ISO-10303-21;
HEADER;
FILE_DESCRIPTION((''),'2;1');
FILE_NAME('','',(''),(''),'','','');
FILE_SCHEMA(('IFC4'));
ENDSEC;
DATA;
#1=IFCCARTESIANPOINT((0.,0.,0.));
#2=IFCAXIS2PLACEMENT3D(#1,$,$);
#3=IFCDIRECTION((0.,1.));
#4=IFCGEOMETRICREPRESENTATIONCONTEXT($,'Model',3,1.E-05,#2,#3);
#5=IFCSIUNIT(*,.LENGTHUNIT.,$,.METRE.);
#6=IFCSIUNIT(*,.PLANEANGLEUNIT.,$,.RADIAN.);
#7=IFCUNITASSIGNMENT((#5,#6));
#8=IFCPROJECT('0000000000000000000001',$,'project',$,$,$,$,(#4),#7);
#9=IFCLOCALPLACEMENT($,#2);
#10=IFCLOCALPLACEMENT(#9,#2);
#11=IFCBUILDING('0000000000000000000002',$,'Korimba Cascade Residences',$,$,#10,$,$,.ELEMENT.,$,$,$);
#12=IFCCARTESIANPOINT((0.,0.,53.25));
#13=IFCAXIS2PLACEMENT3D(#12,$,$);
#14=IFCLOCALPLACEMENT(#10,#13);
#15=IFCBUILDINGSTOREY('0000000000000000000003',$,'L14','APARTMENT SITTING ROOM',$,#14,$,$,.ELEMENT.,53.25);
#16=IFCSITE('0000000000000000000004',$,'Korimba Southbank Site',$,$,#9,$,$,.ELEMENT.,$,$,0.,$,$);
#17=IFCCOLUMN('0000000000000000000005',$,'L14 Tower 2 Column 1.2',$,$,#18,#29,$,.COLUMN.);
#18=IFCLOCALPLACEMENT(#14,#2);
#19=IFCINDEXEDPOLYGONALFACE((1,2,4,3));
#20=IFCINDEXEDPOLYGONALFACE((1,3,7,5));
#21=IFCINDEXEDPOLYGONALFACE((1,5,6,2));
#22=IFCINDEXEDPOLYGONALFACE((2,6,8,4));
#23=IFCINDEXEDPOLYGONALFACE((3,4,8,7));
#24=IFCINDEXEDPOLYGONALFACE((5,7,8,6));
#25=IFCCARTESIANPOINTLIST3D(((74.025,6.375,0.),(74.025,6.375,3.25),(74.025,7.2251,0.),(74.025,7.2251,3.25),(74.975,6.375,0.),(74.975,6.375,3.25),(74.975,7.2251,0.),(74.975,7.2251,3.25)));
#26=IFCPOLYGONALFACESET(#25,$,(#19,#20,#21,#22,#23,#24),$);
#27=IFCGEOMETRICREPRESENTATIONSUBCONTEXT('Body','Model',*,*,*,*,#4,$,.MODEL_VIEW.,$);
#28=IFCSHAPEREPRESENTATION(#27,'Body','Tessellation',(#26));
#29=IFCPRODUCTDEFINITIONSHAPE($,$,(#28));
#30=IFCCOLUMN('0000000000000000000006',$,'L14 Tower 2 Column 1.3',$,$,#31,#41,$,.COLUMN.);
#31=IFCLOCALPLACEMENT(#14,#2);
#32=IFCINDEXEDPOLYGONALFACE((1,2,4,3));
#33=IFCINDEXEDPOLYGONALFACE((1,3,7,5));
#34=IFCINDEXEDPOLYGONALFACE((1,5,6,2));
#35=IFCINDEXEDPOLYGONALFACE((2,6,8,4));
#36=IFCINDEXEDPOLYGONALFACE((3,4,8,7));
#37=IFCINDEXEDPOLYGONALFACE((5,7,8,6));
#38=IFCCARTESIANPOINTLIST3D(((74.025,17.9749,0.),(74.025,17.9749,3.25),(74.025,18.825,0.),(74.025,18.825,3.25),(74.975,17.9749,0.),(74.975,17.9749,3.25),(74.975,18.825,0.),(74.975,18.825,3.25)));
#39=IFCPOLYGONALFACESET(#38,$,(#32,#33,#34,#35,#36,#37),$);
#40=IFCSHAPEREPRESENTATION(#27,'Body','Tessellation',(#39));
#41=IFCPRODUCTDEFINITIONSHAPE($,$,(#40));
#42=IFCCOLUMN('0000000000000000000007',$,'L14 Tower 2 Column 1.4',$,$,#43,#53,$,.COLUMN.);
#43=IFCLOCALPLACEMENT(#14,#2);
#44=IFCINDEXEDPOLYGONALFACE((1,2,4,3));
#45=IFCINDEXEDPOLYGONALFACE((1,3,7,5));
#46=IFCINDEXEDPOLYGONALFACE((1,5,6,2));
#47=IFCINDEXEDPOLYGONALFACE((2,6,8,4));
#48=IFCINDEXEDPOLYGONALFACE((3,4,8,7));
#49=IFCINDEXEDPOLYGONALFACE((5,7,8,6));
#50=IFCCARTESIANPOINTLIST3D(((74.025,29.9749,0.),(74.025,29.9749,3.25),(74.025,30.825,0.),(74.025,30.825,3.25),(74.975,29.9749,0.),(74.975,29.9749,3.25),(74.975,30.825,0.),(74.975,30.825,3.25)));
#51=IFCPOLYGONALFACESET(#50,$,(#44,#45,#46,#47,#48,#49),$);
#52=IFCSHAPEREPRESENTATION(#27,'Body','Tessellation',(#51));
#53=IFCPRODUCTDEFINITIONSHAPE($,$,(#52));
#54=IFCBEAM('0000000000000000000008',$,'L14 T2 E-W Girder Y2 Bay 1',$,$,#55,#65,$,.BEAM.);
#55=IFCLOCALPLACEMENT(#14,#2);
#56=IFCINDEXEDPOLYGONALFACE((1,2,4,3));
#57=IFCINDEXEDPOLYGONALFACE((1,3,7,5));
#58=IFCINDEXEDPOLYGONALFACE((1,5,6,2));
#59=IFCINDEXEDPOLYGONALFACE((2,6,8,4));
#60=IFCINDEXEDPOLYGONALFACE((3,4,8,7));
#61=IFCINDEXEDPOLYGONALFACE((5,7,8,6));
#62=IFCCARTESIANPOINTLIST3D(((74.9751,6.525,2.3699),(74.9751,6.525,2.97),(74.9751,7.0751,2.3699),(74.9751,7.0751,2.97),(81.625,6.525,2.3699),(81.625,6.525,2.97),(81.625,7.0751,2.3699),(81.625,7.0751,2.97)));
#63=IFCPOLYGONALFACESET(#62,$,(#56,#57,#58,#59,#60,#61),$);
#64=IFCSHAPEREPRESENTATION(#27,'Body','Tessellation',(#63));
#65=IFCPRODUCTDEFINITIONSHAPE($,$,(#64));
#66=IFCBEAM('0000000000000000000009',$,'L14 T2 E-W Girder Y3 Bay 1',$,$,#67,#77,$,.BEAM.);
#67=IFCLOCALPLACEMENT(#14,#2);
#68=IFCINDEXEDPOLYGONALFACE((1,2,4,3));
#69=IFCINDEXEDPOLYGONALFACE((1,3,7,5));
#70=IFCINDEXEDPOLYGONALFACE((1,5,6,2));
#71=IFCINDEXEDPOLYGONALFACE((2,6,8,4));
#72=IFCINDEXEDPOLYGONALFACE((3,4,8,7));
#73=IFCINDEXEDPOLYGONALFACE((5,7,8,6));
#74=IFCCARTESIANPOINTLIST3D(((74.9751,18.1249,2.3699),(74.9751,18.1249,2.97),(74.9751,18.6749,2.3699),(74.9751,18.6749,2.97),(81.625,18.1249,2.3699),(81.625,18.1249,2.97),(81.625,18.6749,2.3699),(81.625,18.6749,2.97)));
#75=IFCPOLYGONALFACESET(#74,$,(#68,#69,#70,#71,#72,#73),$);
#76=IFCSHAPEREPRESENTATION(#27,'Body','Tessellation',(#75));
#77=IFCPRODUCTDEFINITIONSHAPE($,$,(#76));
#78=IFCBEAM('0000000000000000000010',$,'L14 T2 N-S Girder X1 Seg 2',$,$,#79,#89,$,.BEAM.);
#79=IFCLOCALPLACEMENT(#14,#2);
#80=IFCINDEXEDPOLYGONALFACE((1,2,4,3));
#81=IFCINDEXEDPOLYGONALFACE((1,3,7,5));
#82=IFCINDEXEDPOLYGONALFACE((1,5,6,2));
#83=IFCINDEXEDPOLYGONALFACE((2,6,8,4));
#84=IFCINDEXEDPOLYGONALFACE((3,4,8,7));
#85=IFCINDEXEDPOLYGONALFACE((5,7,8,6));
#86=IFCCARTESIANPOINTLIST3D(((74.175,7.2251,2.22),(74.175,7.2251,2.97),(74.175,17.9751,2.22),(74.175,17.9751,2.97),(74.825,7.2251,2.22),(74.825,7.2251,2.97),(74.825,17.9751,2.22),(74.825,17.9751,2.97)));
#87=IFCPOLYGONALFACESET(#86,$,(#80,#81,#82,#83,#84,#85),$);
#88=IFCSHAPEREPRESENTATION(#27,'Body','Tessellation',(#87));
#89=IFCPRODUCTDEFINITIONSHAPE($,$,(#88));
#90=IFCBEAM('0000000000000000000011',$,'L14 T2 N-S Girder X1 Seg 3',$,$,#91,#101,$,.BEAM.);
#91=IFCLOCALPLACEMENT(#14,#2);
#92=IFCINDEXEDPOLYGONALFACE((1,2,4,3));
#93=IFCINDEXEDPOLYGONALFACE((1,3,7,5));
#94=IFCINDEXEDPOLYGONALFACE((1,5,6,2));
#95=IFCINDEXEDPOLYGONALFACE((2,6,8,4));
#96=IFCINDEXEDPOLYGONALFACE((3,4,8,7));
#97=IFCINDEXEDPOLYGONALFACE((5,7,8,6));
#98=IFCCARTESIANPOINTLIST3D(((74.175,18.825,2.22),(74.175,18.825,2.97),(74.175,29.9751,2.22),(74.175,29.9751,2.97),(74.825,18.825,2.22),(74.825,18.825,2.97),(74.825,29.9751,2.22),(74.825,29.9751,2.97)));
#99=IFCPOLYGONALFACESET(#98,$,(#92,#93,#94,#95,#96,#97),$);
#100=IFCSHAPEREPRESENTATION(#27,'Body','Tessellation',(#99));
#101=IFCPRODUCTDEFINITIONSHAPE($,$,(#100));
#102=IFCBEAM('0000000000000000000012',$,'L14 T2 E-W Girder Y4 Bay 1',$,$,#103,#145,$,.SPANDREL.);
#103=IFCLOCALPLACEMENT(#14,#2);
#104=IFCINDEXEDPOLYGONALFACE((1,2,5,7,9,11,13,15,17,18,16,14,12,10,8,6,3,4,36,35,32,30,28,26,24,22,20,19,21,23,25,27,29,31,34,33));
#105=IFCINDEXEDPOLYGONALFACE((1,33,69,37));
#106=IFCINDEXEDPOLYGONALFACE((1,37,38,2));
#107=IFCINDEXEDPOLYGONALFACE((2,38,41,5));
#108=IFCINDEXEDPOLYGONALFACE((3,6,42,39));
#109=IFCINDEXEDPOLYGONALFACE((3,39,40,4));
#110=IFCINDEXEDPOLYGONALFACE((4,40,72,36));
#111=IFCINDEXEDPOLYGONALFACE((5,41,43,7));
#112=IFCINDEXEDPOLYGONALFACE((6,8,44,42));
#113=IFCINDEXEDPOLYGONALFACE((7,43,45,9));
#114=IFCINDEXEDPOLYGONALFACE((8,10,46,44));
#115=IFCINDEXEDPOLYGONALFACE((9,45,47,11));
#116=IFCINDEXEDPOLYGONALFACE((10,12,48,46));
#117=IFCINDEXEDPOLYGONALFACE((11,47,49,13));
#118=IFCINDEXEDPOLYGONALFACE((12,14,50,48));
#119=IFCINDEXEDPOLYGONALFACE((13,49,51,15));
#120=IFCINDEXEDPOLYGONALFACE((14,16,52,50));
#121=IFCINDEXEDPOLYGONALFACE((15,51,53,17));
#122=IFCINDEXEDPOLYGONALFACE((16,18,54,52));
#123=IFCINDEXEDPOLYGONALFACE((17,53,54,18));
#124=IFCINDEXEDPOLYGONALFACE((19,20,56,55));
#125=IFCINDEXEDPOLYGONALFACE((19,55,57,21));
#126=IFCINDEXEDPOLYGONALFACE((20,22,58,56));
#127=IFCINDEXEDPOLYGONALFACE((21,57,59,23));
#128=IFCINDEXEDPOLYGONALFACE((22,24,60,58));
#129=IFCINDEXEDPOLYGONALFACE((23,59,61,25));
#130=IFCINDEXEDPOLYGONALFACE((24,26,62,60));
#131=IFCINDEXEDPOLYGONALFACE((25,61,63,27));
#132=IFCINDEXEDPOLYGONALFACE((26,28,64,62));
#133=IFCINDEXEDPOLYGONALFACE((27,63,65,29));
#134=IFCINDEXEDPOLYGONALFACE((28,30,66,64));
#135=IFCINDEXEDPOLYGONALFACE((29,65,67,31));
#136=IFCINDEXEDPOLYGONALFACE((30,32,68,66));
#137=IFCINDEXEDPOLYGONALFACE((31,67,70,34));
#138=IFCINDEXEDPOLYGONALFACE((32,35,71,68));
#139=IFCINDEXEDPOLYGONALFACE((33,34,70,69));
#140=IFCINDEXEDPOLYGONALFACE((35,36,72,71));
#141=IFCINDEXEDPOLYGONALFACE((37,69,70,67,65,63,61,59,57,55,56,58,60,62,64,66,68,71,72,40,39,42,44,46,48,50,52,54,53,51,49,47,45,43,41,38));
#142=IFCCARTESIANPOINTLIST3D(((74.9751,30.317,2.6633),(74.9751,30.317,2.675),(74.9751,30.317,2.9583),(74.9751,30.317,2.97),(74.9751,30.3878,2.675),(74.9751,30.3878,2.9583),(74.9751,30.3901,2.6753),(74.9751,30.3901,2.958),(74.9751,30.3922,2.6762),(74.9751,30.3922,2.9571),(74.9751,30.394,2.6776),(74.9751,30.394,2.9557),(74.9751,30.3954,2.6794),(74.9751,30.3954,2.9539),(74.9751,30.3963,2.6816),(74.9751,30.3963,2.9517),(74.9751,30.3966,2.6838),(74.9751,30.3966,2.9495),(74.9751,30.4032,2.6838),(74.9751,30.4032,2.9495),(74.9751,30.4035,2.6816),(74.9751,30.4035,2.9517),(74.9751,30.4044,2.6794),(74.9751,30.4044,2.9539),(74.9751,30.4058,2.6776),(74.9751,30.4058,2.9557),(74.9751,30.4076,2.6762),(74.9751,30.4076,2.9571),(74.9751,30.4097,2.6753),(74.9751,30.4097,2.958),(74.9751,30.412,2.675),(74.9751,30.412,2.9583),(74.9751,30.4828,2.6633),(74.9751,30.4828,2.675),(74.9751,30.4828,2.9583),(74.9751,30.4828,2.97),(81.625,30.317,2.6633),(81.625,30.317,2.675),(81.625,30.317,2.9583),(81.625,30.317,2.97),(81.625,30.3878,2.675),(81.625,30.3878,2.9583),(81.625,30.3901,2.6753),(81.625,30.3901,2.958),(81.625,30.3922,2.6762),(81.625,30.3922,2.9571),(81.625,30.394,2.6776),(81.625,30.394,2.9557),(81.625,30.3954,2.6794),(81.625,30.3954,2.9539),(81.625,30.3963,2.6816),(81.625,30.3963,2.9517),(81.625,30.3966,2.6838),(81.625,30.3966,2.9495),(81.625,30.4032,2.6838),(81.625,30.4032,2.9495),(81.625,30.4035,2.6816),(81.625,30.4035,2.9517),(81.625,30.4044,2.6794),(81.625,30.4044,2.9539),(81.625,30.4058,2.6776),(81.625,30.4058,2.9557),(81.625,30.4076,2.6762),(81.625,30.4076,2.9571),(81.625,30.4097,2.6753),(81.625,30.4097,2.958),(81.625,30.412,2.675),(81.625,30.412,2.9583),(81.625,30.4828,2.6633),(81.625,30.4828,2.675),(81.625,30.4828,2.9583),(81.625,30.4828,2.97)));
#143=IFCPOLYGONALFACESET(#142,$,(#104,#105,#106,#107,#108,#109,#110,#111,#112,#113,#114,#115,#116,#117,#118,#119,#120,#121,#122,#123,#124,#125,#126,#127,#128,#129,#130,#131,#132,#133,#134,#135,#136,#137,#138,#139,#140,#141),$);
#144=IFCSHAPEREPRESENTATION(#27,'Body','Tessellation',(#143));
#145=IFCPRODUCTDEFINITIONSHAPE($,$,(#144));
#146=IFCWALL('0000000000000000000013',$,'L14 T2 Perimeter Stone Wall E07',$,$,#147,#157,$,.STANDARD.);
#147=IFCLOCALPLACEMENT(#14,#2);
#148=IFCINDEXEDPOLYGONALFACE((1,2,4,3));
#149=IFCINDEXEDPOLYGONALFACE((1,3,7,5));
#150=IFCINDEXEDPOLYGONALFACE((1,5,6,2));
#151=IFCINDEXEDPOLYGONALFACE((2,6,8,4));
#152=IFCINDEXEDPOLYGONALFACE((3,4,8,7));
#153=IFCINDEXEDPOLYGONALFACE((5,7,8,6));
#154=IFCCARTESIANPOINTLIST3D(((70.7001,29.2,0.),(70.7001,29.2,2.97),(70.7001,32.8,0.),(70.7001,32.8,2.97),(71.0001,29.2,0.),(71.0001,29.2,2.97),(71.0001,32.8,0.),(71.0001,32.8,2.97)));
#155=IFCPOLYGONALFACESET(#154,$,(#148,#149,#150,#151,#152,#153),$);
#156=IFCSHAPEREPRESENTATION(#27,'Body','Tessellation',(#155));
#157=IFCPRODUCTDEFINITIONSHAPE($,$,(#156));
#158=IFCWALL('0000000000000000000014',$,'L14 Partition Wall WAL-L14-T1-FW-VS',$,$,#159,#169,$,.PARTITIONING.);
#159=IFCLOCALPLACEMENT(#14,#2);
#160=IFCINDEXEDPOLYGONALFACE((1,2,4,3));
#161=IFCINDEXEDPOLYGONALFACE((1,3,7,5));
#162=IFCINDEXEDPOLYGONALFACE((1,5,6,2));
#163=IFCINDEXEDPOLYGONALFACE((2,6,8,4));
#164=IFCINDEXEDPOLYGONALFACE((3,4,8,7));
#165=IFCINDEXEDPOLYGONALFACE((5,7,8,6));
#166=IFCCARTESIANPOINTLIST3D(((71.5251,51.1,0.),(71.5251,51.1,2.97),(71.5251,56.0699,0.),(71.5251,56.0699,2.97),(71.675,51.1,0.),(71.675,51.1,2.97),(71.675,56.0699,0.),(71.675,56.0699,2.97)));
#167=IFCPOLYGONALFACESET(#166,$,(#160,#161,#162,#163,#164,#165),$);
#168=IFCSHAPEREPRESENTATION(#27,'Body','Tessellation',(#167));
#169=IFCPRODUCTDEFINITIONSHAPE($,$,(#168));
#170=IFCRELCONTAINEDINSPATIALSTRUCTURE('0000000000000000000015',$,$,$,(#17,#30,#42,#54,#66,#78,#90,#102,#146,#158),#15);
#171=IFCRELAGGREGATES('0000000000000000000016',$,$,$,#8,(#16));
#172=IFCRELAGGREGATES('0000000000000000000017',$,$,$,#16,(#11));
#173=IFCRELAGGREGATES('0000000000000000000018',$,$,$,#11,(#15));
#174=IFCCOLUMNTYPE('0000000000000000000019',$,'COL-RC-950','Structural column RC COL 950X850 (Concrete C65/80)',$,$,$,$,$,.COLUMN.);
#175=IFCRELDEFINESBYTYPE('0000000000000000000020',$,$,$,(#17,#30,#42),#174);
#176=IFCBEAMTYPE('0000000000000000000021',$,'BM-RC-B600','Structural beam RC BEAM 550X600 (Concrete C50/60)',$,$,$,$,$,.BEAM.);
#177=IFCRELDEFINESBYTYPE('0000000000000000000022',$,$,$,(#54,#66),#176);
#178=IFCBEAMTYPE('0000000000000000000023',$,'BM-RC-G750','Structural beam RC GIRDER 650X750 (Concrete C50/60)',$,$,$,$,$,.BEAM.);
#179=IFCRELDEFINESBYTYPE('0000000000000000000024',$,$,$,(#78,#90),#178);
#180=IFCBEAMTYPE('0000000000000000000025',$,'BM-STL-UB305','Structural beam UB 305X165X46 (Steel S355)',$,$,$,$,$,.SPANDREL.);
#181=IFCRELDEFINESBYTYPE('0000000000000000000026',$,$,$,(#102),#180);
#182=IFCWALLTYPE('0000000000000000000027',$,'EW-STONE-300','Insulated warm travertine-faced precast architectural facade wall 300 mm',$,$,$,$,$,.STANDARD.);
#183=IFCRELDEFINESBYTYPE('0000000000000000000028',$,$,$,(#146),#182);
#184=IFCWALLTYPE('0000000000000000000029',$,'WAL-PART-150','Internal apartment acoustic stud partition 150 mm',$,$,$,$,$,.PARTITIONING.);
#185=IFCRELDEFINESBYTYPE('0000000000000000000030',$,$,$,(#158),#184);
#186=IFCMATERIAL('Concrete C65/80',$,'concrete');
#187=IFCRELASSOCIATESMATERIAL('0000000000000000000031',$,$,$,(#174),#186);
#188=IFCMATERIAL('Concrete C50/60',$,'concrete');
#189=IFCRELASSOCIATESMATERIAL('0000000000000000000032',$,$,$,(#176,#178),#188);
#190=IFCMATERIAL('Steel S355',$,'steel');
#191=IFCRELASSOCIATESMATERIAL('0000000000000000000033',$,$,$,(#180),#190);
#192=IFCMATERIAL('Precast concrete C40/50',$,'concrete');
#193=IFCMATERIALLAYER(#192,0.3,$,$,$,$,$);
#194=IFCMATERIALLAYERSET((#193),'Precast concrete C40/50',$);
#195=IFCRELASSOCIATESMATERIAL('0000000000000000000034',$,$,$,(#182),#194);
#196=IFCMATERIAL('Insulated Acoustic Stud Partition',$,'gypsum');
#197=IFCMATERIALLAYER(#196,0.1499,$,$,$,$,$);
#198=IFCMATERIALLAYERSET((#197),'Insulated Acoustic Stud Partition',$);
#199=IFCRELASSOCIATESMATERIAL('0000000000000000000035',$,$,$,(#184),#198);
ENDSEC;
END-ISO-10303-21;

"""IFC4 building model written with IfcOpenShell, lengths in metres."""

from ifc_helpers import new_model, si_unit, direction, frame, frame_2d, origin, origin_2d, place, context, subcontext, project, spatial, rectangle, i_section, extrude, material, layer, layer_set, material_profile, profile_set, type_object, element, save


model = new_model("IFC4")

# Units and contexts
model_context = context("Model", 3, precision=1e-05, world=origin(), true_north=direction((0.0, 1.0)))
body_context = subcontext(model_context, "Body", "Model", "MODEL_VIEW")
ifc_project = project(units=[si_unit("LENGTHUNIT", "METRE"), si_unit("PLANEANGLEUNIT", "RADIAN")], contexts=[model_context])

# Site, building, storey
site_placement = place(None, origin())
site = spatial("IfcSite", under=ifc_project, at=site_placement, Name="Korimba Southbank Site", CompositionType="ELEMENT", RefElevation=0.0)
building_placement = place(site_placement, origin())
building = spatial("IfcBuilding", under=site, at=building_placement, Name="Korimba Cascade Residences", CompositionType="ELEMENT")
storey_placement = place(building_placement, frame((0.0, 0.0, 53.25)))
storey = spatial("IfcBuildingStorey", under=building, at=storey_placement, Name="L14", Description="APARTMENT SITTING ROOM", CompositionType="ELEMENT", Elevation=53.25)

# Columns
ifc_material_1 = material(Name="Concrete C65/80", Category="concrete")
ifc_material_profile_1 = material_profile(ifc_material_1, rectangle(XDim=0.95, YDim=0.8501, at=origin_2d()), Name="Concrete C65/80")
ifc_profile_set_1 = profile_set([ifc_material_profile_1], Name="Concrete C65/80")
column_type = type_object("IfcColumnType", Name="COL-RC-950", Description="Structural column RC COL 950X850 (Concrete C65/80)", PredefinedType="COLUMN", material=ifc_profile_set_1)
for number, where, z_axis, x_axis, name in (
    (1, (74.5, 6.8, 0.0), (0.0, 0.0, 1.0), (1.0, 0.0, 0.0), "L14 Tower 2 Column 1.2"),
    (2, (74.5, 18.3999, 0.0), (0.0, 0.0, 1.0), (1.0, 0.0, 0.0), "L14 Tower 2 Column 1.3"),
    (3, (74.5, 30.3999, 0.0), (0.0, 0.0, 1.0), (1.0, 0.0, 0.0), "L14 Tower 2 Column 1.4"),
):
    element("IfcColumn", number, at=place(storey_placement, frame(where, z_axis=z_axis, x_axis=x_axis)), inside=storey, type_object=column_type, Name=name, PredefinedType="COLUMN", context=body_context, shape_type="SweptSolid", body=[
        extrude(rectangle(XDim=0.95, YDim=0.8501, at=origin_2d()), origin(), (0.0, 0.0, 1.0), 3.25),
    ])

# Beams
ifc_material_2 = material(Name="Concrete C50/60", Category="concrete")
ifc_material_profile_2 = material_profile(ifc_material_2, rectangle(XDim=0.55, YDim=0.6001, at=origin_2d()), Name="Concrete C50/60")
ifc_profile_set_2 = profile_set([ifc_material_profile_2], Name="Concrete C50/60")
beam_type_1 = type_object("IfcBeamType", Name="BM-RC-B600", Description="Structural beam RC BEAM 550X600 (Concrete C50/60)", PredefinedType="BEAM", material=ifc_profile_set_2)
for number, where, z_axis, x_axis, name in (
    (4, (74.9751, 6.8, 2.6699), (1.0, 0.0, 0.0), (0.0, 1.0, 0.0), "L14 T2 E-W Girder Y2 Bay 1"),
    (5, (74.9751, 18.3999, 2.6699), (1.0, 0.0, 0.0), (0.0, 1.0, 0.0), "L14 T2 E-W Girder Y3 Bay 1"),
):
    element("IfcBeam", number, at=place(storey_placement, frame(where, z_axis=z_axis, x_axis=x_axis)), inside=storey, type_object=beam_type_1, Name=name, PredefinedType="BEAM", context=body_context, shape_type="SweptSolid", body=[
        extrude(rectangle(XDim=0.55, YDim=0.6001, at=origin_2d()), origin(), (0.0, 0.0, 1.0), 6.6499),
    ])
ifc_material_profile_3 = material_profile(ifc_material_2, rectangle(XDim=0.6499, YDim=0.75, at=origin_2d()), Name="Concrete C50/60")
ifc_profile_set_3 = profile_set([ifc_material_profile_3], Name="Concrete C50/60")
beam_type_2 = type_object("IfcBeamType", Name="BM-RC-G750", Description="Structural beam RC GIRDER 650X750 (Concrete C50/60)", PredefinedType="BEAM", material=ifc_profile_set_3)
beam_1_placement = place(storey_placement, frame((74.5, 7.2251, 2.595), z_axis=(0.0, 1.0, 0.0), x_axis=(-1.0, 0.0, 0.0)))
element("IfcBeam", 6, at=beam_1_placement, inside=storey, type_object=beam_type_2, Name="L14 T2 N-S Girder X1 Seg 2", PredefinedType="BEAM", context=body_context, shape_type="SweptSolid", body=[
    extrude(rectangle(XDim=0.6499, YDim=0.75, at=origin_2d()), origin(), (0.0, 0.0, 1.0), 10.75),
])
beam_2_placement = place(storey_placement, frame((74.5, 18.825, 2.595), z_axis=(0.0, 1.0, 0.0), x_axis=(-1.0, 0.0, 0.0)))
element("IfcBeam", 7, at=beam_2_placement, inside=storey, type_object=beam_type_2, Name="L14 T2 N-S Girder X1 Seg 3", PredefinedType="BEAM", context=body_context, shape_type="SweptSolid", body=[
    extrude(rectangle(XDim=0.6499, YDim=0.75, at=origin_2d()), origin(), (0.0, 0.0, 1.0), 11.1501),
])
ifc_material_3 = material(Name="Steel S355", Category="steel")
ifc_material_profile_4 = material_profile(ifc_material_3, i_section(OverallWidth=0.1658, OverallDepth=0.3066, WebThickness=0.0066, FlangeThickness=0.0117, FilletRadius=0.0088, at=origin_2d()), Name="Steel S355")
ifc_profile_set_4 = profile_set([ifc_material_profile_4], Name="Steel S355")
beam_type_3 = type_object("IfcBeamType", Name="BM-STL-UB305", Description="Structural beam UB 305X165X46 (Steel S355)", PredefinedType="SPANDREL", material=ifc_profile_set_4)
beam_3_placement = place(storey_placement, frame((74.9751, 30.3999, 2.8167), z_axis=(1.0, 0.0, 0.0), x_axis=(0.0, 1.0, 0.0)))
element("IfcBeam", 8, at=beam_3_placement, inside=storey, type_object=beam_type_3, Name="L14 T2 E-W Girder Y4 Bay 1", PredefinedType="SPANDREL", context=body_context, shape_type="SweptSolid", body=[
    extrude(i_section(OverallWidth=0.1658, OverallDepth=0.3066, WebThickness=0.0066, FlangeThickness=0.0117, FilletRadius=0.0088, at=origin_2d()), origin(), (0.0, 0.0, 1.0), 6.6499),
])

# Walls
ifc_material_4 = material(Name="Precast concrete C40/50", Category="concrete")
ifc_layer_1 = layer(ifc_material_4, 0.3)
ifc_layer_set_1 = layer_set([ifc_layer_1], Name="Precast concrete C40/50")
wall_type_1 = type_object("IfcWallType", Name="EW-STONE-300", Description="Insulated warm travertine-faced precast architectural facade wall 300 mm", PredefinedType="STANDARD", material=ifc_layer_set_1)
wall_1_placement = place(storey_placement, frame((70.8501, 32.8, 0.0), z_axis=(0.0, 0.0, 1.0), x_axis=(0.0, -1.0, 0.0)))
element("IfcWall", 9, at=wall_1_placement, inside=storey, type_object=wall_type_1, Name="L14 T2 Perimeter Stone Wall E07", PredefinedType="STANDARD", context=body_context, shape_type="SweptSolid", body=[
    extrude(rectangle(XDim=3.6001, YDim=0.3, at=frame_2d((1.8, 0.0))), origin(), (0.0, 0.0, 1.0), 2.97),
])
ifc_material_5 = material(Name="Insulated Acoustic Stud Partition", Category="gypsum")
ifc_layer_2 = layer(ifc_material_5, 0.1499)
ifc_layer_set_2 = layer_set([ifc_layer_2], Name="Insulated Acoustic Stud Partition")
wall_type_2 = type_object("IfcWallType", Name="WAL-PART-150", Description="Internal apartment acoustic stud partition 150 mm", PredefinedType="PARTITIONING", material=ifc_layer_set_2)
wall_2_placement = place(storey_placement, frame((71.6001, 51.1001, 0.0), z_axis=(0.0, 0.0, 1.0), x_axis=(0.0, 1.0, 0.0)))
element("IfcWall", 10, at=wall_2_placement, inside=storey, type_object=wall_type_2, Name="L14 Partition Wall WAL-L14-T1-FW-VS", PredefinedType="PARTITIONING", context=body_context, shape_type="SweptSolid", body=[
    extrude(rectangle(XDim=4.97, YDim=0.1499, at=frame_2d((2.4849, 0.0))), origin(), (0.0, 0.0, 1.0), 2.97),
])

save(model, "model.ifc")
